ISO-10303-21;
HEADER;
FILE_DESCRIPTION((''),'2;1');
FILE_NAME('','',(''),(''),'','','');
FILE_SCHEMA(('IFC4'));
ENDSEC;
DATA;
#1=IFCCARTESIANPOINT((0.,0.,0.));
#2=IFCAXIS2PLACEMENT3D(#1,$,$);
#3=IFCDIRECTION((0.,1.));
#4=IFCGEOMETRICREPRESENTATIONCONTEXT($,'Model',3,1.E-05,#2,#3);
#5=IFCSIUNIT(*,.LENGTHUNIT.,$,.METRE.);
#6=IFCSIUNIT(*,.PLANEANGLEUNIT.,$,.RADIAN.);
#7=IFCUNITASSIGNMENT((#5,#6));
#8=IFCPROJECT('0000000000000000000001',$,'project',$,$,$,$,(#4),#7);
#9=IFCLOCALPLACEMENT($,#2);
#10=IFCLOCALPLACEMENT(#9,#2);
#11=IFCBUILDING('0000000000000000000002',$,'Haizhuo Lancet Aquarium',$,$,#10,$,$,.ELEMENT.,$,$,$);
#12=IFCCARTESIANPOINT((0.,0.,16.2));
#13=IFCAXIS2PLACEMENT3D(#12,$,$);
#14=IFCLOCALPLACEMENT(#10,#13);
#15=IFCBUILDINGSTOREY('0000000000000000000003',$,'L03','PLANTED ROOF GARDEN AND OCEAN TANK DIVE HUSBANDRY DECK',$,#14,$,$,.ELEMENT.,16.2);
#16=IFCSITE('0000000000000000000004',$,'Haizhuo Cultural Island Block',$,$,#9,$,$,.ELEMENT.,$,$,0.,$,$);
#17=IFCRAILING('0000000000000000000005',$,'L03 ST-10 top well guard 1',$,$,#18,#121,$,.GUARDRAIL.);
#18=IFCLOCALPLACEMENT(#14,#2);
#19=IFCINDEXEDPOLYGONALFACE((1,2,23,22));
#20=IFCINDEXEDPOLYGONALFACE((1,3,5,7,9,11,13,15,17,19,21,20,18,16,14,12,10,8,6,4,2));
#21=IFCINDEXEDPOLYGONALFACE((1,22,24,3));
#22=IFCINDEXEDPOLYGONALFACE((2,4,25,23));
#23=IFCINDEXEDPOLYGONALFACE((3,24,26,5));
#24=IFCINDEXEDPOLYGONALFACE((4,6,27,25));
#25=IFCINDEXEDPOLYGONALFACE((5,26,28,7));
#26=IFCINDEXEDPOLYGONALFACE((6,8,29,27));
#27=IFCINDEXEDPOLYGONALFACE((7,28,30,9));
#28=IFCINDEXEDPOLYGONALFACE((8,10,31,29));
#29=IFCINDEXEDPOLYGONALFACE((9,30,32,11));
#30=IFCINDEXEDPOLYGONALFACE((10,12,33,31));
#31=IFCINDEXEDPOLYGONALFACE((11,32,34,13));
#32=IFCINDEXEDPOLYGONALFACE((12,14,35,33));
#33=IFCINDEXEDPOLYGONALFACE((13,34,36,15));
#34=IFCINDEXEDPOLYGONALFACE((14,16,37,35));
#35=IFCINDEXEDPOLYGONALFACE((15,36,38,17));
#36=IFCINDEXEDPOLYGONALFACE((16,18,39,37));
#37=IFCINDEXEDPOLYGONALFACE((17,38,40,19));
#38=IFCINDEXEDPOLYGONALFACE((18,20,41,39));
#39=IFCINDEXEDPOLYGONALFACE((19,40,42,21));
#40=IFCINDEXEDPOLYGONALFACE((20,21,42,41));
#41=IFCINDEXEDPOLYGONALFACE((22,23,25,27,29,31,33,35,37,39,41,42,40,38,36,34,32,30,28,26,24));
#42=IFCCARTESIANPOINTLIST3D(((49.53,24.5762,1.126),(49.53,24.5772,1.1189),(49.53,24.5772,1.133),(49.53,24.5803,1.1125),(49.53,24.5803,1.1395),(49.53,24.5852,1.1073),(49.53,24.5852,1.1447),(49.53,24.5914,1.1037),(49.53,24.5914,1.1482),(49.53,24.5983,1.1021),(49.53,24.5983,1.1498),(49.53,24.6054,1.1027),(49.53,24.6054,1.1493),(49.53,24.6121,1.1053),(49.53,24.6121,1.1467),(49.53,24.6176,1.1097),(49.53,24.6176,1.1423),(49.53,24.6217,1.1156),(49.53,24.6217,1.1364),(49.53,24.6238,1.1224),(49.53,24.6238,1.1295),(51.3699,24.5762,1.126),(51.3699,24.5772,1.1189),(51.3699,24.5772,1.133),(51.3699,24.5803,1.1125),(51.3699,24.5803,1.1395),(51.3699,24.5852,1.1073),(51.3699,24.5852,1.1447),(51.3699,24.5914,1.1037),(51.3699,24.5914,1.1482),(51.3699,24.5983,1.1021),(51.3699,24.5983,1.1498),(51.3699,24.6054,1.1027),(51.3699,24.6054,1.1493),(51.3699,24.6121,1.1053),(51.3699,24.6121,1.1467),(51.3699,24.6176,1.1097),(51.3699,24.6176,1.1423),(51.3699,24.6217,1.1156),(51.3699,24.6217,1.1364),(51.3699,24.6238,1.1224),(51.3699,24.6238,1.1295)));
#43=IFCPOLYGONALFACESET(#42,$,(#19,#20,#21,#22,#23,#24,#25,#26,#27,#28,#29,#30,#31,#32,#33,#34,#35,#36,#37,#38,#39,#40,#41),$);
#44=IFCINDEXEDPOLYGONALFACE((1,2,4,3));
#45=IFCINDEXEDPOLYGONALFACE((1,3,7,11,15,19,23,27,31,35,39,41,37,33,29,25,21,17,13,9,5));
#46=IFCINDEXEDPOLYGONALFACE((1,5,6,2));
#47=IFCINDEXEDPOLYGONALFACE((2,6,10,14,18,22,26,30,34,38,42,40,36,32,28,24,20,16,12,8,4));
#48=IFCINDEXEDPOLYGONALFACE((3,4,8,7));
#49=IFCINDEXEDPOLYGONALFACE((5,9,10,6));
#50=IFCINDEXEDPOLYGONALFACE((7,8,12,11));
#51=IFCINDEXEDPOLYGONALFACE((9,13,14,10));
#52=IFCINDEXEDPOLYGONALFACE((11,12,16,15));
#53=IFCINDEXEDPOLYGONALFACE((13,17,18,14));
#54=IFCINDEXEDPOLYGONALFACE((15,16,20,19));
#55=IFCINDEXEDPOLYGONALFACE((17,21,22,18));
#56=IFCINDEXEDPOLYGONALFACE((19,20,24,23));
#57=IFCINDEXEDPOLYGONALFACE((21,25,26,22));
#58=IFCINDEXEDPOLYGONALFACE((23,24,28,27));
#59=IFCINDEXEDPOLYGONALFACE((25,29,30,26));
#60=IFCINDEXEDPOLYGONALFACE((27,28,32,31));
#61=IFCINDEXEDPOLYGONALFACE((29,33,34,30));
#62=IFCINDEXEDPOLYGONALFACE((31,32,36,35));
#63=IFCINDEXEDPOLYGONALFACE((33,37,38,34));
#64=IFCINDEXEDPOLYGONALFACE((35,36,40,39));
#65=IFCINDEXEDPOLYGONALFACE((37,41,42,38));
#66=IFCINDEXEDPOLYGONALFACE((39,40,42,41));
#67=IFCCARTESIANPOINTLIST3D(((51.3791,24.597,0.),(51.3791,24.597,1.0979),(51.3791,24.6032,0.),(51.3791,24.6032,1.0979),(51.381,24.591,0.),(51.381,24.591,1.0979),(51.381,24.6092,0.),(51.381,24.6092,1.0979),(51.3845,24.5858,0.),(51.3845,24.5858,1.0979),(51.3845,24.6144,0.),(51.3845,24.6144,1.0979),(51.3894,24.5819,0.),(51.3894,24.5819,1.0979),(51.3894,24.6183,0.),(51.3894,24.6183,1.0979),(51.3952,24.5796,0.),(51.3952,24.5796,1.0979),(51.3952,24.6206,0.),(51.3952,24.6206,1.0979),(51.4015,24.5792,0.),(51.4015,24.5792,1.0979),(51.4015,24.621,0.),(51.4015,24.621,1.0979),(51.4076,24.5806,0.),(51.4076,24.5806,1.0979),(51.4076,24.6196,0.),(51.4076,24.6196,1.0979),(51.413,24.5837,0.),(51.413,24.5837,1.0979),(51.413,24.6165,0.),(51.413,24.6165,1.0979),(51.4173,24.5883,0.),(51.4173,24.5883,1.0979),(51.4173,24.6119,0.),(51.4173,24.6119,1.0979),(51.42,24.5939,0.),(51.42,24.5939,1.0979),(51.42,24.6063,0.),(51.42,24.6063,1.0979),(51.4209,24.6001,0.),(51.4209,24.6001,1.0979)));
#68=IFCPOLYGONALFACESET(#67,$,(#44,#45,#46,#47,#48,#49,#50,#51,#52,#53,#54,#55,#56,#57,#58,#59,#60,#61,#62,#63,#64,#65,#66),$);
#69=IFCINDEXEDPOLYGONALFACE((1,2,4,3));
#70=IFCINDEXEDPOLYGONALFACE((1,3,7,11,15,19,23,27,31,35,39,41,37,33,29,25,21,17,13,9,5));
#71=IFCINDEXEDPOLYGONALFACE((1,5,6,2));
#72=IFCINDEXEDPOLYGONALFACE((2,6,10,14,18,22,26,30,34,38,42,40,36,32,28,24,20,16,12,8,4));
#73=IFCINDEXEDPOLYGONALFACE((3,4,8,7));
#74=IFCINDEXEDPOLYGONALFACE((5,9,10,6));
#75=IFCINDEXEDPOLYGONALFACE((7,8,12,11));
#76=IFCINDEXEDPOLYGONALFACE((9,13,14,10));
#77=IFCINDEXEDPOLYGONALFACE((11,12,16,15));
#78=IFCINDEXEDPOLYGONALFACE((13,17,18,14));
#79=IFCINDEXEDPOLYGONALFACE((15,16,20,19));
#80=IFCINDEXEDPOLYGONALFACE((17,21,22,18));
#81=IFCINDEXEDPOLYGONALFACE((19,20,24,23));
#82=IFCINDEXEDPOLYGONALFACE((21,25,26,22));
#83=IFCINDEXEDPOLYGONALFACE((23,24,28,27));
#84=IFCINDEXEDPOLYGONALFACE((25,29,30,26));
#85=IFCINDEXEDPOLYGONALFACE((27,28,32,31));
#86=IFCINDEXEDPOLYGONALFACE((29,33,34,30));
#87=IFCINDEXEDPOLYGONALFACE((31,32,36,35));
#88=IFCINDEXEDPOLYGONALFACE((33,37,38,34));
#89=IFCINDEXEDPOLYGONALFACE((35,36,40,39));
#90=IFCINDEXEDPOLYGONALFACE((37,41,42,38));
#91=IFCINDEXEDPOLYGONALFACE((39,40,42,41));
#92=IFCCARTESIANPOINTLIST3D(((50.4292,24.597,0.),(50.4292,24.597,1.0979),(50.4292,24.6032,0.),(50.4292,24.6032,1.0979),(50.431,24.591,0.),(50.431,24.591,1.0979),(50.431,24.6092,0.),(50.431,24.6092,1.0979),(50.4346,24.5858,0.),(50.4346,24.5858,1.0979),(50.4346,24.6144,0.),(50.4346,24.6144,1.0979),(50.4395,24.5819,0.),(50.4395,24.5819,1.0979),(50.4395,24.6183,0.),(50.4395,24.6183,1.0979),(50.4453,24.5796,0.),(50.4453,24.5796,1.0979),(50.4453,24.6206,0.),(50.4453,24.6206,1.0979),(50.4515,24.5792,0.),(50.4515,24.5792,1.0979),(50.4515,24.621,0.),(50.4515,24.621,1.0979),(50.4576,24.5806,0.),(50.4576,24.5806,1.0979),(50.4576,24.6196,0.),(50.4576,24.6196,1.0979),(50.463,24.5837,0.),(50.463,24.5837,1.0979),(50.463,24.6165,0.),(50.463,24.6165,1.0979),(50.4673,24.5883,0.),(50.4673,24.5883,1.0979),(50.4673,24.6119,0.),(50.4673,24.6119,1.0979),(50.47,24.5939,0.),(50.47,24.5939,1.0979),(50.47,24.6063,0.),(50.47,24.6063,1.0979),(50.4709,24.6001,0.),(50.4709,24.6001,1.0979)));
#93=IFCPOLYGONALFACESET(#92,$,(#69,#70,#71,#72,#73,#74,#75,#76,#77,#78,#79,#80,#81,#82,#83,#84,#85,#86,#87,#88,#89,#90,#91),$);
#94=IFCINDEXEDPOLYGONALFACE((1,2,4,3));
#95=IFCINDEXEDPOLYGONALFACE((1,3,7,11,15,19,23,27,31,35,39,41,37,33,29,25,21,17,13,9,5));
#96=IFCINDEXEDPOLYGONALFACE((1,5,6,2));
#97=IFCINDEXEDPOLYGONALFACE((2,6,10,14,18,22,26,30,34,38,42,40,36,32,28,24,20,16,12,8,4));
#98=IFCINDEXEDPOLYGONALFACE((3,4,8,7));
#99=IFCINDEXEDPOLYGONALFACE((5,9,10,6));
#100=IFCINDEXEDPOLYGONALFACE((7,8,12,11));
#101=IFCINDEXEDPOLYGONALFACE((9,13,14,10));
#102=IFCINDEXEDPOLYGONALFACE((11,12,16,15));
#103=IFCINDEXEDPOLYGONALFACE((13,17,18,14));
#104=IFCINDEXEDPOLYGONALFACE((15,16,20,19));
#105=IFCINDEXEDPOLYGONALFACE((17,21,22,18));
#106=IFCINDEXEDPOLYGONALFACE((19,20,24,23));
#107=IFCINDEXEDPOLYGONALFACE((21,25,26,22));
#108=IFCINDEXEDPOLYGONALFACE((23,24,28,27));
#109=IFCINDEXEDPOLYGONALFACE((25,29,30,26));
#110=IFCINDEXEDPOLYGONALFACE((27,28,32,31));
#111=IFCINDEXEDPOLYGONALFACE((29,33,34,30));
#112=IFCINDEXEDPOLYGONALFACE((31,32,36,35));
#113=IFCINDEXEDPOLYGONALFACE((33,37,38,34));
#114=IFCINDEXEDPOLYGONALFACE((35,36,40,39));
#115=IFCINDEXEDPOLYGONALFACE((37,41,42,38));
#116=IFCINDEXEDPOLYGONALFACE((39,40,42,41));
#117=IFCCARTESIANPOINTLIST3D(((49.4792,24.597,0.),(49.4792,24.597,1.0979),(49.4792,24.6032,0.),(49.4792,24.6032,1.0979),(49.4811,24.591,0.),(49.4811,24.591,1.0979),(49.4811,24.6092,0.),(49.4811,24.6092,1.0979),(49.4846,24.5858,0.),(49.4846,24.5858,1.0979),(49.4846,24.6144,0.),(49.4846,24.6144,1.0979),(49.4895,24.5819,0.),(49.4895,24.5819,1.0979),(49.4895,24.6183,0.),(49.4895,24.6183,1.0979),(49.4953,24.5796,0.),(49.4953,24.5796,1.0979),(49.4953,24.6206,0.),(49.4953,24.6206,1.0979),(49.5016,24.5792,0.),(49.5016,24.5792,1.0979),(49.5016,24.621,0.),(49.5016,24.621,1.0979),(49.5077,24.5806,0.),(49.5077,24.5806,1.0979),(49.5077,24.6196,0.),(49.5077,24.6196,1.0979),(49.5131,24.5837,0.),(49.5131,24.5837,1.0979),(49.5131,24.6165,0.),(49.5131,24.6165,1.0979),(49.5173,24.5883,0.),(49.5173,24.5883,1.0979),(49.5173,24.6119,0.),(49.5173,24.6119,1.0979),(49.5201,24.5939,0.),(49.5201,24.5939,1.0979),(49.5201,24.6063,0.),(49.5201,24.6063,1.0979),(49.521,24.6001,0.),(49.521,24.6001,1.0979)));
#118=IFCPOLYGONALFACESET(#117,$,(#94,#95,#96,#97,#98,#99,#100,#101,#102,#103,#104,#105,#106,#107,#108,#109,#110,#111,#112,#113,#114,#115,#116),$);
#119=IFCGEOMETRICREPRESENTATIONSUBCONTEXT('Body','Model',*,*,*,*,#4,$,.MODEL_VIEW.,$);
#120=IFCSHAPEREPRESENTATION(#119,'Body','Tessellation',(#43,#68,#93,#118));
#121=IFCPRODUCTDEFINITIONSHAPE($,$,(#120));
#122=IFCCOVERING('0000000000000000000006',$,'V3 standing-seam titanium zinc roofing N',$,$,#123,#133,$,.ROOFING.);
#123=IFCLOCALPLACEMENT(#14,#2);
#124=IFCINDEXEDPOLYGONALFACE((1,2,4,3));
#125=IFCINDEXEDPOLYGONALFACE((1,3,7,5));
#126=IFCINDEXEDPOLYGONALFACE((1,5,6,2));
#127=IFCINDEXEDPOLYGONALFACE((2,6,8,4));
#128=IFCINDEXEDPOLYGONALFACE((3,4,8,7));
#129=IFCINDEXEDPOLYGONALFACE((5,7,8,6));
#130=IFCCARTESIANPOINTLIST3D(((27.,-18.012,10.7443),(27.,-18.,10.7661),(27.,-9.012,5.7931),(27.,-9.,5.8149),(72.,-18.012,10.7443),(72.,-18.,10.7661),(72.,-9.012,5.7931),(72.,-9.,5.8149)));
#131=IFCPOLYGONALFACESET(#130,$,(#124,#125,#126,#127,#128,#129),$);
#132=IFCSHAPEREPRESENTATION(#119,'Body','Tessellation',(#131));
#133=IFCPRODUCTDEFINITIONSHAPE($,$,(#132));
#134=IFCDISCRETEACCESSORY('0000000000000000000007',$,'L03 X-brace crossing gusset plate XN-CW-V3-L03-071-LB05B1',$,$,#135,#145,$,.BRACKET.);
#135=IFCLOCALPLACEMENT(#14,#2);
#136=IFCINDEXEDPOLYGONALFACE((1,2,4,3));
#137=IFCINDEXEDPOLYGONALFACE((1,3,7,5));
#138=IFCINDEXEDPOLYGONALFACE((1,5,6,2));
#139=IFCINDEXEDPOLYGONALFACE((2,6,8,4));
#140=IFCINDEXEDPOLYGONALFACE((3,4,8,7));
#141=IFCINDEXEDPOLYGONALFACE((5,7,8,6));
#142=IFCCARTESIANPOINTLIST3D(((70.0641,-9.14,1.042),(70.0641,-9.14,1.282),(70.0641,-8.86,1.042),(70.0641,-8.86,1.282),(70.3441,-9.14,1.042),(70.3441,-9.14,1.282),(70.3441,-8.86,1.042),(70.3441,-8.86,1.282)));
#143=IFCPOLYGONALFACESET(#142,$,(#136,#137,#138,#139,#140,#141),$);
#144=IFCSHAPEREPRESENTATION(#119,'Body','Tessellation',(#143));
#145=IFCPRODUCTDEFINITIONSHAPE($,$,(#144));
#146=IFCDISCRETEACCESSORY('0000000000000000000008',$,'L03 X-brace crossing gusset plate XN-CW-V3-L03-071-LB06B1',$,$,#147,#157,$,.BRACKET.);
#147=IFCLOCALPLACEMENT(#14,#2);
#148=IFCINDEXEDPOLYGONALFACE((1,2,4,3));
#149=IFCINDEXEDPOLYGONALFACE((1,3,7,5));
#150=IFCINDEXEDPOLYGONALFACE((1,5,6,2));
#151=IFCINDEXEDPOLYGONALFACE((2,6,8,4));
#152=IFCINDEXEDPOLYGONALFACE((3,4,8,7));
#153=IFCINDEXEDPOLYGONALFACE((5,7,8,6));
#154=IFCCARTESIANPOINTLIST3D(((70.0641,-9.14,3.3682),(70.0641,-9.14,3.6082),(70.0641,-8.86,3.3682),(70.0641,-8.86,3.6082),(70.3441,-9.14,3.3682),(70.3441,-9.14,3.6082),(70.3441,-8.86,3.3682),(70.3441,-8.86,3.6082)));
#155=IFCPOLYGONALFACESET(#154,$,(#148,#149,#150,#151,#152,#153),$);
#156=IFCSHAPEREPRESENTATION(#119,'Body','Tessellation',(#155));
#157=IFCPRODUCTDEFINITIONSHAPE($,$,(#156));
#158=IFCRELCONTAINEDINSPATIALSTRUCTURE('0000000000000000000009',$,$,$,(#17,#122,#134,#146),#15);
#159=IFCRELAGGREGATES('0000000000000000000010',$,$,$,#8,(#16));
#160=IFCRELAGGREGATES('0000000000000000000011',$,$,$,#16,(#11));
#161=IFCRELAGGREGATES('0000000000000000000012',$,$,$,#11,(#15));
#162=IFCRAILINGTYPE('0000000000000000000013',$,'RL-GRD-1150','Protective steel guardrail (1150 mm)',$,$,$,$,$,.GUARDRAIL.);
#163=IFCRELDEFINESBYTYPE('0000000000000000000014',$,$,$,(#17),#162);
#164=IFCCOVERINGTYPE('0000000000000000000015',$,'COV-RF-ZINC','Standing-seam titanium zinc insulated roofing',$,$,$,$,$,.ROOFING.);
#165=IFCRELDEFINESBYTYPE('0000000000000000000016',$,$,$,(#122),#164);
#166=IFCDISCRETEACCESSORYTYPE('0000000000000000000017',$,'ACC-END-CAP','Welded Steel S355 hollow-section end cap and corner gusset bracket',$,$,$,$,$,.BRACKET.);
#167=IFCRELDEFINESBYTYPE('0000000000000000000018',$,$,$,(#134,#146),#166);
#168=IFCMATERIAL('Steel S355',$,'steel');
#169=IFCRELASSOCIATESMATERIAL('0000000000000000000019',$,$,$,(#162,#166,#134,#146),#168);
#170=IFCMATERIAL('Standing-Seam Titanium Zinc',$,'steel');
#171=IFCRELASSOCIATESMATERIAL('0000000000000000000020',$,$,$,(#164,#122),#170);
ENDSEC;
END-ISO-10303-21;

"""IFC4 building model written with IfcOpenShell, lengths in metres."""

from ifc_helpers import new_model, si_unit, direction, frame, origin, origin_2d, place, context, subcontext, project, spatial, polyline, rectangle, circle, outline, extrude, material, type_object, element, save


model = new_model("IFC4")

# Units and contexts
model_context = context("Model", 3, precision=1e-05, world=origin(), true_north=direction((0.0, 1.0)))
body_context = subcontext(model_context, "Body", "Model", "MODEL_VIEW")
ifc_project = project(units=[si_unit("LENGTHUNIT", "METRE"), si_unit("PLANEANGLEUNIT", "RADIAN")], contexts=[model_context])

# Site, building, storey
site_placement = place(None, origin())
site = spatial("IfcSite", under=ifc_project, at=site_placement, Name="Haizhuo Cultural Island Block", CompositionType="ELEMENT", RefElevation=0.0)
building_placement = place(site_placement, origin())
building = spatial("IfcBuilding", under=site, at=building_placement, Name="Haizhuo Lancet Aquarium", CompositionType="ELEMENT")
storey_placement = place(building_placement, frame((0.0, 0.0, 16.2)))
storey = spatial("IfcBuildingStorey", under=building, at=storey_placement, Name="L03", Description="PLANTED ROOF GARDEN AND OCEAN TANK DIVE HUSBANDRY DECK", CompositionType="ELEMENT", Elevation=16.2)

# Shared definitions
ifc_material_1 = material(Name="Steel S355", Category="steel")

# Shared definitions
ifc_material_2 = material(Name="Standing-Seam Titanium Zinc", Category="steel")

# Railing
railing_type = type_object("IfcRailingType", Name="RL-GRD-1150", Description="Protective steel guardrail (1150 mm)", PredefinedType="GUARDRAIL", material=ifc_material_1)
railing_placement = place(storey_placement, frame((51.3999, 24.6001, 0.0)))
element("IfcRailing", 1, at=railing_placement, inside=storey, type_object=railing_type, Name="L03 ST-10 top well guard 1", PredefinedType="GUARDRAIL", context=body_context, shape_type="SweptSolid", body=[
    extrude(circle(Radius=0.0239, at=origin_2d()), frame((-0.03, 0.0, 1.126), z_axis=(-1.0, 0.0, 0.0), x_axis=(0.0, -1.0, 0.0)), (0.0, 0.0, 1.0), 1.8398),
    extrude(circle(Radius=0.021, at=origin_2d()), origin(), (0.0, 0.0, 1.0), 1.0979),
    extrude(circle(Radius=0.021, at=origin_2d()), frame((-0.95, 0.0, 0.0)), (0.0, 0.0, 1.0), 1.0979),
    extrude(circle(Radius=0.021, at=origin_2d()), frame((-1.8999, 0.0, 0.0)), (0.0, 0.0, 1.0), 1.0979),
])

# Covering
covering_type = type_object("IfcCoveringType", Name="COV-RF-ZINC", Description="Standing-seam titanium zinc insulated roofing", PredefinedType="ROOFING", material=ifc_material_2)
covering_placement = place(storey_placement, frame((72.0, -9.0, 5.8149), z_axis=(0.0, 0.482006, 0.876168), x_axis=(-1.0, 0.0, 0.0)))
element("IfcCovering", 2, at=covering_placement, inside=storey, type_object=covering_type, material=ifc_material_2, Name="V3 standing-seam titanium zinc roofing N", PredefinedType="ROOFING", context=body_context, shape_type="SweptSolid", body=[
    extrude(outline(polyline([(0.0, 0.0), (45.0, 0.0), (45.0, 10.272), (0.0, 10.272), (0.0, 0.0)])), origin(), (0.0, 0.0, -1.0), 0.0249),
])

# Discrete accessories
discrete_accessory_type = type_object("IfcDiscreteAccessoryType", Name="ACC-END-CAP", Description="Welded Steel S355 hollow-section end cap and corner gusset bracket", PredefinedType="BRACKET", material=ifc_material_1)
for number, where, z_axis, x_axis, name in (
    (3, (70.2041, -9.0, 1.042), (0.0, 0.0, 1.0), (1.0, 0.0, 0.0), "L03 X-brace crossing gusset plate XN-CW-V3-L03-071-LB05B1"),
    (4, (70.2041, -9.0, 3.3682), (0.0, 0.0, 1.0), (1.0, 0.0, 0.0), "L03 X-brace crossing gusset plate XN-CW-V3-L03-071-LB06B1"),
):
    element("IfcDiscreteAccessory", number, at=place(storey_placement, frame(where, z_axis=z_axis, x_axis=x_axis)), inside=storey, type_object=discrete_accessory_type, material=ifc_material_1, Name=name, PredefinedType="BRACKET", context=body_context, shape_type="SweptSolid", body=[
        extrude(rectangle(XDim=0.28, YDim=0.28, at=origin_2d()), origin(), (0.0, 0.0, 1.0), 0.24),
    ])

save(model, "model.ifc")
